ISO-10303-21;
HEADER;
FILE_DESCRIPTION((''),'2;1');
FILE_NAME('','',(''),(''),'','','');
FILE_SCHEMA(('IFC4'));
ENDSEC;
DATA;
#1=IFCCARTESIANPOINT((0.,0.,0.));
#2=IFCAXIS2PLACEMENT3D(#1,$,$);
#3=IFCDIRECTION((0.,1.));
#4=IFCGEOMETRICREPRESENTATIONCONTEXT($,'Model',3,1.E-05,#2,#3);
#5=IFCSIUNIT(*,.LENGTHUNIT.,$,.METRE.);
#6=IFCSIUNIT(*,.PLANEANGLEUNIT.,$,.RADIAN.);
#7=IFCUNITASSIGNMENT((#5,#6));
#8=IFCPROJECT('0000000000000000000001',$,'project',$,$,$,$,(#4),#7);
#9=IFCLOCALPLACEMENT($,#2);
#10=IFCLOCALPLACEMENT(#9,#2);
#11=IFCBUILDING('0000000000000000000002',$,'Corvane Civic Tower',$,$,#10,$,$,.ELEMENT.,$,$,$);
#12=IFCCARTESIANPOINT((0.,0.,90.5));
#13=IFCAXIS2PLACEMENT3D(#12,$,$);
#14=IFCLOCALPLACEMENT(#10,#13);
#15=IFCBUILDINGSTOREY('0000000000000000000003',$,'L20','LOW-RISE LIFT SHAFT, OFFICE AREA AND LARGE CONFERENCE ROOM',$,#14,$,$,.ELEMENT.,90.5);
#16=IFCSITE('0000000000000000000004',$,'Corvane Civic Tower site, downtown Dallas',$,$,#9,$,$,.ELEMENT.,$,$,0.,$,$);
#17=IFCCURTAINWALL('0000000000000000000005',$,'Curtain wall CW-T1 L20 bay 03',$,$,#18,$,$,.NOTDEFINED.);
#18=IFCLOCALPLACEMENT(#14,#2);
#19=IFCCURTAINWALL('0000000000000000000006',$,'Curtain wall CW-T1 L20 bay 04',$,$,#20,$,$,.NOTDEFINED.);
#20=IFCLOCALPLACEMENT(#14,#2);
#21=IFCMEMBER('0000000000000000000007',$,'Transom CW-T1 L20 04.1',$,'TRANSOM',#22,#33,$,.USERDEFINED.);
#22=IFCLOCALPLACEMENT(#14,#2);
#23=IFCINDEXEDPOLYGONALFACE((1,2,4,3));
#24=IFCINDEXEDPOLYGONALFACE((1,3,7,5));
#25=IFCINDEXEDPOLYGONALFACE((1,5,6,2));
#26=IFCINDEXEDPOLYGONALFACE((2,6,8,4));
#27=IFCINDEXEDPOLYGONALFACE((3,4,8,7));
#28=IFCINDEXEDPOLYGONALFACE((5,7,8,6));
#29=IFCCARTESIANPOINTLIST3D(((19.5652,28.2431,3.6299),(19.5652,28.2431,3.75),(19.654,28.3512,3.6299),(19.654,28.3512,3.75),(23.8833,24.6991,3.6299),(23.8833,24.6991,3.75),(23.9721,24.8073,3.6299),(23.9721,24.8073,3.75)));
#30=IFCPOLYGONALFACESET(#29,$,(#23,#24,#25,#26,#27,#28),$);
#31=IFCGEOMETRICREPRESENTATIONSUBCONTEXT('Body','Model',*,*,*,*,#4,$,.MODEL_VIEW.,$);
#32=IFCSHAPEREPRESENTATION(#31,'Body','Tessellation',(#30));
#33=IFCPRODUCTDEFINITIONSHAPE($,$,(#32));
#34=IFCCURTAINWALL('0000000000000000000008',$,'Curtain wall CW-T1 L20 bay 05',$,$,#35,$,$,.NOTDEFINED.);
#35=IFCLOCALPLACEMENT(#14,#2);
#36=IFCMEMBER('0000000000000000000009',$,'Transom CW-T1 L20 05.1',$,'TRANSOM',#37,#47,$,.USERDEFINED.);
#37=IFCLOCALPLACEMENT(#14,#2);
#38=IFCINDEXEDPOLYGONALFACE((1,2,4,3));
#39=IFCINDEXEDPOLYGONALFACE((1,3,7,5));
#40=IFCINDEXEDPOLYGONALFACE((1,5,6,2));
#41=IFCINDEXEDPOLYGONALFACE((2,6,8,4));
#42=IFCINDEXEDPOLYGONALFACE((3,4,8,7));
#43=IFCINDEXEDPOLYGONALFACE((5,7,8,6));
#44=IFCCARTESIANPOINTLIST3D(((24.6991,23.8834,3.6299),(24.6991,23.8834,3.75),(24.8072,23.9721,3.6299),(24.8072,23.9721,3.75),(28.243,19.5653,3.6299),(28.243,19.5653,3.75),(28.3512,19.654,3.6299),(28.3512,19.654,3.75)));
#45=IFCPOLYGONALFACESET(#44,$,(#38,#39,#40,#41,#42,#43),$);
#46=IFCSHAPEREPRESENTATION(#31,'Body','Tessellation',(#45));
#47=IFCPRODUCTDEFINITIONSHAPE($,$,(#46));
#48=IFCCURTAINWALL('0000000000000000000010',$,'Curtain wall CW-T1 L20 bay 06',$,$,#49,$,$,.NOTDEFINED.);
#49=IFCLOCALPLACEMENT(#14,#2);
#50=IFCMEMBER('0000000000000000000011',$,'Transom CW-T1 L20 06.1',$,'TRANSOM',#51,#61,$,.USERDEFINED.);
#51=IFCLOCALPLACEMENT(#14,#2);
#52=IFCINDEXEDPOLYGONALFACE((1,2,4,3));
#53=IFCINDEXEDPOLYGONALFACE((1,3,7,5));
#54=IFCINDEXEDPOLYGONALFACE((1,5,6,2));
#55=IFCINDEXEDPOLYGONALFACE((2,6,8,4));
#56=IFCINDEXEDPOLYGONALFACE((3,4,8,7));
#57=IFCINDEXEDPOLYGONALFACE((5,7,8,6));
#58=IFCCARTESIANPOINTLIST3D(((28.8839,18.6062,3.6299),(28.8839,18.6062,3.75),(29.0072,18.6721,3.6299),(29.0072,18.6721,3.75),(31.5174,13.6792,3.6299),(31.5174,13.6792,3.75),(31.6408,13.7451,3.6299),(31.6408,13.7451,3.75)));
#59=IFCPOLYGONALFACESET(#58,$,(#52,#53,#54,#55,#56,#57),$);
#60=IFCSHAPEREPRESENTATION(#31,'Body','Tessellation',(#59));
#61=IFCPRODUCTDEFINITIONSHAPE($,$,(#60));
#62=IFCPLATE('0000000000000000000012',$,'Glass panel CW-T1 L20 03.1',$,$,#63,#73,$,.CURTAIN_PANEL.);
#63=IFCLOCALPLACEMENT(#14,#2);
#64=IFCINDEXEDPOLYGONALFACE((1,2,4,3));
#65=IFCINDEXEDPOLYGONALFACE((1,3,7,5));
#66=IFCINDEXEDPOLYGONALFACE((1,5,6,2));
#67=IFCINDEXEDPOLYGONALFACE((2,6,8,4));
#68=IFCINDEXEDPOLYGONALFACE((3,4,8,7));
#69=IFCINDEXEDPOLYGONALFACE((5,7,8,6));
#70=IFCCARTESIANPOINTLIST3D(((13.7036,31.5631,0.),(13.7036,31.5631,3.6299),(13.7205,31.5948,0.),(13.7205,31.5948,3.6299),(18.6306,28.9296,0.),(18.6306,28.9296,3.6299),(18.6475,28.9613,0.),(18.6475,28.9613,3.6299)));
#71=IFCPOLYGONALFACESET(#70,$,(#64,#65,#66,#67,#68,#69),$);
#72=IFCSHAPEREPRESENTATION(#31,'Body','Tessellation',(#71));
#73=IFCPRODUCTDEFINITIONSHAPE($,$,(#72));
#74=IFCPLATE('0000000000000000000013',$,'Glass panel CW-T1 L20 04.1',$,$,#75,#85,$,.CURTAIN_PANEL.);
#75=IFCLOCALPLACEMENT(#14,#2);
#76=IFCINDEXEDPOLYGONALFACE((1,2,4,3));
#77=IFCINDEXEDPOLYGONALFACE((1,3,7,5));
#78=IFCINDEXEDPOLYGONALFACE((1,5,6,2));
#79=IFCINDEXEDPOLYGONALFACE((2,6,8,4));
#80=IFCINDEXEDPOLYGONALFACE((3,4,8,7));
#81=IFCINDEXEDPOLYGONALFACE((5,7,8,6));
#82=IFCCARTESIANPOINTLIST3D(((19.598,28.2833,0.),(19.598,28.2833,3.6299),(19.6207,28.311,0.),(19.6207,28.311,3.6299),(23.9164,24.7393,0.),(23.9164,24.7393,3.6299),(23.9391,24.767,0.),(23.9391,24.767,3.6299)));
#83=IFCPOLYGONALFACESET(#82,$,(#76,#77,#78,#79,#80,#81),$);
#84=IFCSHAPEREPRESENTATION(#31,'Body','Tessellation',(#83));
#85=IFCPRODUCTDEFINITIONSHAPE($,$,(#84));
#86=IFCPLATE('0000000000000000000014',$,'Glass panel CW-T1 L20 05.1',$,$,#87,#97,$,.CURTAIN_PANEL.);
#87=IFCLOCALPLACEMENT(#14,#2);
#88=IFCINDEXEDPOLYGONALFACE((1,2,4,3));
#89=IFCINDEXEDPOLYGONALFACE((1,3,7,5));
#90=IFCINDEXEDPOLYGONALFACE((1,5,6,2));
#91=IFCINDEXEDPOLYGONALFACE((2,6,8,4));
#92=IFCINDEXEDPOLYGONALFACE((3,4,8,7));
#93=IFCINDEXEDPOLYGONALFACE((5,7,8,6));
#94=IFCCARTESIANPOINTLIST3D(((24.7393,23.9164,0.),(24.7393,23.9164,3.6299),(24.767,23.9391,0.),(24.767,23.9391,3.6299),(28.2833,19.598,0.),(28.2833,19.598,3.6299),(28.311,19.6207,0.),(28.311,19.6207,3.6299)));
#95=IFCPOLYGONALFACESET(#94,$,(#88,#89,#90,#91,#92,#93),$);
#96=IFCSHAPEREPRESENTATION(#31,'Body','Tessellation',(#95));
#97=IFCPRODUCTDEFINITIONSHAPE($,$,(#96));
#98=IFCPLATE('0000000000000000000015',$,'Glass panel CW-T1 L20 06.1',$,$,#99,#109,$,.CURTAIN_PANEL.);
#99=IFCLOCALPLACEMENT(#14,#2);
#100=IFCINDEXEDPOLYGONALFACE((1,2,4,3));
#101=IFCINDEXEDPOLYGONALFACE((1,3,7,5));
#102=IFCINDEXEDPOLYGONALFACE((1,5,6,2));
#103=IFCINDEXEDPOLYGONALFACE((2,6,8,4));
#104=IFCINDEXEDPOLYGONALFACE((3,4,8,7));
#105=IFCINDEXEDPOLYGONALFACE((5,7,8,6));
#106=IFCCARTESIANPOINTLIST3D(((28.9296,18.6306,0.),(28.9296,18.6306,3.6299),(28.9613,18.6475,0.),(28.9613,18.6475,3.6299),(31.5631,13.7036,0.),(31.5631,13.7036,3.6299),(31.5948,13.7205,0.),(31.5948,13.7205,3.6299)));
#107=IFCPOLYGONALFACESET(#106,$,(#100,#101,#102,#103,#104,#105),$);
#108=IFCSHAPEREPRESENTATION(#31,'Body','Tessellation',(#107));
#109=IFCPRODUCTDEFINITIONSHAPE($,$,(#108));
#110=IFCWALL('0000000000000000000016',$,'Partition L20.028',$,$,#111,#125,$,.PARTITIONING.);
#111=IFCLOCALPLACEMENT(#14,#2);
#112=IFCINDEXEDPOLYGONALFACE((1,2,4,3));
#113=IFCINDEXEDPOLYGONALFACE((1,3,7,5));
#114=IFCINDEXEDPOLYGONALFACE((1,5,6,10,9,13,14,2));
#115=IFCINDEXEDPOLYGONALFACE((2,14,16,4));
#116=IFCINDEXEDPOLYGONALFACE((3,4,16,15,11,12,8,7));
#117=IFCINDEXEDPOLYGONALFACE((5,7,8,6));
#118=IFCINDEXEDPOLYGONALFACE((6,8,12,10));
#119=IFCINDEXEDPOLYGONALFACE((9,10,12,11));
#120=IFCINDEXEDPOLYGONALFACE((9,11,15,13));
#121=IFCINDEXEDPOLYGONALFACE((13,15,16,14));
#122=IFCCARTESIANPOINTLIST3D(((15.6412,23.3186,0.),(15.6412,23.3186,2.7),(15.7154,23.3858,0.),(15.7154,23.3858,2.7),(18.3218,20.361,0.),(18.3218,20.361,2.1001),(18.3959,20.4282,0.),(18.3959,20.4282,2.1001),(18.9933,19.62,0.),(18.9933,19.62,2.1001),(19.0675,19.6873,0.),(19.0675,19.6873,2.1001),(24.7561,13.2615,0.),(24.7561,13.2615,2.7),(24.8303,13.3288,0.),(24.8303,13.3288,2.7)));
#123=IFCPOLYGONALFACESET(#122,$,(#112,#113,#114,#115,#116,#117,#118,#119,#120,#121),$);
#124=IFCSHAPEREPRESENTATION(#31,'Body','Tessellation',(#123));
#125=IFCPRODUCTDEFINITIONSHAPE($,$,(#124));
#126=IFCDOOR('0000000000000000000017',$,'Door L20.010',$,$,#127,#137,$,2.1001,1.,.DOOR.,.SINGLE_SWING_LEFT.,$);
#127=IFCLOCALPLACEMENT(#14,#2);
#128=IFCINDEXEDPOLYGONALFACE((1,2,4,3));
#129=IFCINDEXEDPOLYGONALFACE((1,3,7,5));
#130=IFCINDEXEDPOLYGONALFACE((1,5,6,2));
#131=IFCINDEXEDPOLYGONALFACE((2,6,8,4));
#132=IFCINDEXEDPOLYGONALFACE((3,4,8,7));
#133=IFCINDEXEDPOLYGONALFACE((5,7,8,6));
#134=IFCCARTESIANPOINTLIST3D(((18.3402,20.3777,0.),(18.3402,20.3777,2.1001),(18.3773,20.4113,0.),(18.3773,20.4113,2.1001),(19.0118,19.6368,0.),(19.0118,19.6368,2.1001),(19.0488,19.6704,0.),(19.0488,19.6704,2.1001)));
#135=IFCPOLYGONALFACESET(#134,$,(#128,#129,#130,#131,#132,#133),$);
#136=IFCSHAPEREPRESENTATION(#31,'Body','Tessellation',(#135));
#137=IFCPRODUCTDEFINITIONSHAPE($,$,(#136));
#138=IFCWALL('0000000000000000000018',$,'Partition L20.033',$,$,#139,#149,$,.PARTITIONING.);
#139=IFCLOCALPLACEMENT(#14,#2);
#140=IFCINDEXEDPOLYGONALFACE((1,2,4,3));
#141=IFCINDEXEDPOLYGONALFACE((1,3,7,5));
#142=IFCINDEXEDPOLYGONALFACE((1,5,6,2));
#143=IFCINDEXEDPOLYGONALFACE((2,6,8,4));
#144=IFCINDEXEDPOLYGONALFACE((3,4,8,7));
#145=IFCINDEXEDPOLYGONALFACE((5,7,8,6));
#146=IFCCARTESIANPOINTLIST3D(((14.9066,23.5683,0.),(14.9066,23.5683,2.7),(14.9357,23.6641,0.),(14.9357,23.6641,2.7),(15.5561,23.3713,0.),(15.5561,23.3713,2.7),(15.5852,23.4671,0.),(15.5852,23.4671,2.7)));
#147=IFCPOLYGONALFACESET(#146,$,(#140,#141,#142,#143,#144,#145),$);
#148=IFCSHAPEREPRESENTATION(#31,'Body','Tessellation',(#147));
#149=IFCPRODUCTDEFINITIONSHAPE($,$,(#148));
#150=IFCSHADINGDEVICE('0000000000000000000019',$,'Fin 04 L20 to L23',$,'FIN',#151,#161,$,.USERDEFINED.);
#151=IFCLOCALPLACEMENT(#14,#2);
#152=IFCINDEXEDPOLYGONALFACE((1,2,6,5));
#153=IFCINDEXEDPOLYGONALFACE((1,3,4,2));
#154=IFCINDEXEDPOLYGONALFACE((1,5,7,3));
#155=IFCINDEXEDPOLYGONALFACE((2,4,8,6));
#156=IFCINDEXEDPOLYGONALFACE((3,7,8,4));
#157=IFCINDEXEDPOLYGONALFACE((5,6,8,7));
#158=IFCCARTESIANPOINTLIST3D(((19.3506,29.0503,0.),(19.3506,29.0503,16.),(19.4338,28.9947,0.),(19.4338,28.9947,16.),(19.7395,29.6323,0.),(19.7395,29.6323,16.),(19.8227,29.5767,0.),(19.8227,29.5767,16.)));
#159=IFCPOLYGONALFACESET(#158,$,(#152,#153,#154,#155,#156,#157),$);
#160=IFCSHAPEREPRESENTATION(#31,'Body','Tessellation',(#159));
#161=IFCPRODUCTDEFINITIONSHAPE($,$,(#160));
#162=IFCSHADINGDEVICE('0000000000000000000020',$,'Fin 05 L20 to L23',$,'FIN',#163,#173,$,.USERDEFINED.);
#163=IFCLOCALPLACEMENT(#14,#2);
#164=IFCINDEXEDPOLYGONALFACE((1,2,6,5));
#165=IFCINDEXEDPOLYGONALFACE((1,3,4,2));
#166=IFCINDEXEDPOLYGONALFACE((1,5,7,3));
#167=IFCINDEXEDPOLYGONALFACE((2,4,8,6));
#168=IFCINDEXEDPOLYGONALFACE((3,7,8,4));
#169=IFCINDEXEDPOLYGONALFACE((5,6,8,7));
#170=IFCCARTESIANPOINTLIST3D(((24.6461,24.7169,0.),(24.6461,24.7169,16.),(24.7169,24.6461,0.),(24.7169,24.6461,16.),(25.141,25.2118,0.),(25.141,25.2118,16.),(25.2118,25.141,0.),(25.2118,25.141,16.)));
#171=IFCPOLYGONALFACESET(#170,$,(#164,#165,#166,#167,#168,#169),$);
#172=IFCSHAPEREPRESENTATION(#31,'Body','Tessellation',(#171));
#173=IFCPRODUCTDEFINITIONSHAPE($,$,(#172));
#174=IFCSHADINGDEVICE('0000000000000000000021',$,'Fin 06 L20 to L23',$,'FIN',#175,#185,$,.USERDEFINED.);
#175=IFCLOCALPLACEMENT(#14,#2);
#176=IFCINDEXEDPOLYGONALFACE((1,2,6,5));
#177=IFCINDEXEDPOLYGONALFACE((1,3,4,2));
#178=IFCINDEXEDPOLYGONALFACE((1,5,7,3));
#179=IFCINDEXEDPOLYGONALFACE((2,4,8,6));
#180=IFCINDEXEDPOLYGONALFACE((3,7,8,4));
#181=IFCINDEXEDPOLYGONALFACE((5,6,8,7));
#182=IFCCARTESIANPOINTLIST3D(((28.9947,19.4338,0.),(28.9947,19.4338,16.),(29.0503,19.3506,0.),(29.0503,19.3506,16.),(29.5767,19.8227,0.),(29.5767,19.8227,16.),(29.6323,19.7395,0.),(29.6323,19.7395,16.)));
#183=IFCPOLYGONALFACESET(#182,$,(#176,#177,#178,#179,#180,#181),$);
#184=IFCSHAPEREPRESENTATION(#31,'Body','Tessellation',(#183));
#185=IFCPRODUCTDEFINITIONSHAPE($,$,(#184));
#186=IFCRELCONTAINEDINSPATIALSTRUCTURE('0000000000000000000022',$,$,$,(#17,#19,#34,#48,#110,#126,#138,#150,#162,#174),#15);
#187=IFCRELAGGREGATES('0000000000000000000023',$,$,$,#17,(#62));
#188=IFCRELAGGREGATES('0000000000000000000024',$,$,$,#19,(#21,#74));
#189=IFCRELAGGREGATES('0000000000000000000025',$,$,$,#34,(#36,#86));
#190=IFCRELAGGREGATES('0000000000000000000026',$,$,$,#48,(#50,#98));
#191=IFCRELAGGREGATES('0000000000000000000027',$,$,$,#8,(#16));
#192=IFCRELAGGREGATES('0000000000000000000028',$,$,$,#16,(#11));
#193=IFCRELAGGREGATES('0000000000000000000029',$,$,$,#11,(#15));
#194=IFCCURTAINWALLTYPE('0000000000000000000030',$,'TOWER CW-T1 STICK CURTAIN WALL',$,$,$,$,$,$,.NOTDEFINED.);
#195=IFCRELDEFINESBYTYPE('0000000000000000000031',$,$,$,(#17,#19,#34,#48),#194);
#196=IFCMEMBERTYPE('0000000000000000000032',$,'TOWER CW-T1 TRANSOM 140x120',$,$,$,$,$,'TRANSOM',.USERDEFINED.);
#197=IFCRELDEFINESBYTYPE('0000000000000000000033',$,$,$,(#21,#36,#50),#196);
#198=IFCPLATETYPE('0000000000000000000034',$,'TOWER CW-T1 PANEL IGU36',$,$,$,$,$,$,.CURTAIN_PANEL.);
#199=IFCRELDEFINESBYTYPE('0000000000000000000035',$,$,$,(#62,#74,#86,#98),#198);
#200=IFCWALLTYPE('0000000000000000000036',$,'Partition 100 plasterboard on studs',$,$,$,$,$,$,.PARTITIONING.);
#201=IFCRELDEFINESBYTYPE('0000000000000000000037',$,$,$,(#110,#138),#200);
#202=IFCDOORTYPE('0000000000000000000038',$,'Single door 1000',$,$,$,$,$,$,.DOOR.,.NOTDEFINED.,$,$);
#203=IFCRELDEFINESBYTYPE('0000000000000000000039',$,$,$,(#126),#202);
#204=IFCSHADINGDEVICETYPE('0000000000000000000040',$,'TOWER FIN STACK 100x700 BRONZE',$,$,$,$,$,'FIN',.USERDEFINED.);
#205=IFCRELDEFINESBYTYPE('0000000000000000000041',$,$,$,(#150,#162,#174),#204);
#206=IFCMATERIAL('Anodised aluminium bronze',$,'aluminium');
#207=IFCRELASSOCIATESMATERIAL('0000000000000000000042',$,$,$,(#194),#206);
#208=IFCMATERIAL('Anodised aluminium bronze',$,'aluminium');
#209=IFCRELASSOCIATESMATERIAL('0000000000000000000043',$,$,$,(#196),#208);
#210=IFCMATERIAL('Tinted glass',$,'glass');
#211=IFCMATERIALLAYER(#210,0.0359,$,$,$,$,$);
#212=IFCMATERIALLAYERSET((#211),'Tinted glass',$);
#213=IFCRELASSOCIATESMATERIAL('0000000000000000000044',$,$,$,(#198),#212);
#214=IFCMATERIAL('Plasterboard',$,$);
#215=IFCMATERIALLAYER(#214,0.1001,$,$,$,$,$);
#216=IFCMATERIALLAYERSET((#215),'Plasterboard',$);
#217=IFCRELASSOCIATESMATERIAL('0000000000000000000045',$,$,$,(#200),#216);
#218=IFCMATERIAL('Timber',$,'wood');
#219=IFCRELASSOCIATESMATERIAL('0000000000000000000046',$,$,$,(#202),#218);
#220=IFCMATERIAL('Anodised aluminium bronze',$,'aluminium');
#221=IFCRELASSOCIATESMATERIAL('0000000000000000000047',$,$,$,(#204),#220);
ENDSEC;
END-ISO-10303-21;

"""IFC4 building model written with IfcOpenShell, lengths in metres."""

from ifc_helpers import new_model, si_unit, direction, frame, frame_2d, origin, origin_2d, place, context, subcontext, project, spatial, rectangle, extrude, material, layer, layer_set, material_profile, profile_set, type_object, element, fill, aggregate, save


model = new_model("IFC4")

# Units and contexts
model_context = context("Model", 3, precision=1e-05, world=origin(), true_north=direction((0.0, 1.0)))
body_context = subcontext(model_context, "Body", "Model", "MODEL_VIEW")
ifc_project = project(units=[si_unit("LENGTHUNIT", "METRE"), si_unit("PLANEANGLEUNIT", "RADIAN")], contexts=[model_context])

# Site, building, storey
site_placement = place(None, origin())
site = spatial("IfcSite", under=ifc_project, at=site_placement, Name="Corvane Civic Tower site, downtown Dallas", CompositionType="ELEMENT", RefElevation=0.0)
building_placement = place(site_placement, origin())
building = spatial("IfcBuilding", under=site, at=building_placement, Name="Corvane Civic Tower", CompositionType="ELEMENT")
storey_placement = place(building_placement, frame((0.0, 0.0, 90.5)))
storey = spatial("IfcBuildingStorey", under=building, at=storey_placement, Name="L20", Description="LOW-RISE LIFT SHAFT, OFFICE AREA AND LARGE CONFERENCE ROOM", CompositionType="ELEMENT", Elevation=90.5)

# Curtain walls, members
ifc_material_1 = material(Name="Anodised aluminium bronze", Category="aluminium")
curtain_wall_type = type_object("IfcCurtainWallType", Name="TOWER CW-T1 STICK CURTAIN WALL", PredefinedType="NOTDEFINED", material=ifc_material_1)
curtain_wall_1_placement = place(storey_placement, origin())
curtain_wall_1 = element("IfcCurtainWall", 1, at=curtain_wall_1_placement, inside=storey, type_object=curtain_wall_type, Name="Curtain wall CW-T1 L20 bay 03", PredefinedType="NOTDEFINED")
ifc_material_2 = material(Name="Anodised aluminium bronze", Category="aluminium")
ifc_material_profile_1 = material_profile(ifc_material_2, rectangle(XDim=0.1399, YDim=0.1201, at=origin_2d()), Name="TOWER CW-T1 TRANSOM 140x120")
ifc_profile_set_1 = profile_set([ifc_material_profile_1], Name="Anodised aluminium bronze")
member_type = type_object("IfcMemberType", Name="TOWER CW-T1 TRANSOM 140x120", ElementType="TRANSOM", PredefinedType="USERDEFINED", material=ifc_profile_set_1)
curtain_wall_2_placement = place(storey_placement, origin())
curtain_wall_2 = element("IfcCurtainWall", 2, at=curtain_wall_2_placement, inside=storey, type_object=curtain_wall_type, Name="Curtain wall CW-T1 L20 bay 04", PredefinedType="NOTDEFINED")
member_1_placement = place(storey_placement, frame((19.6096, 28.2971, 3.6899), z_axis=(0.772996, -0.63441, 0.0), x_axis=(0.63441, 0.772996, 0.0)))
member_1 = element("IfcMember", 3, at=member_1_placement, type_object=member_type, Name="Transom CW-T1 L20 04.1", ObjectType="TRANSOM", PredefinedType="USERDEFINED", context=body_context, shape_type="SweptSolid", body=[
    extrude(rectangle(XDim=0.1399, YDim=0.1201, at=origin_2d()), origin(), (0.0, 0.0, 1.0), 5.5862),
])
curtain_wall_3_placement = place(storey_placement, origin())
curtain_wall_3 = element("IfcCurtainWall", 4, at=curtain_wall_3_placement, inside=storey, type_object=curtain_wall_type, Name="Curtain wall CW-T1 L20 bay 05", PredefinedType="NOTDEFINED")
member_2_placement = place(storey_placement, frame((24.7532, 23.9277, 3.6899), z_axis=(0.63441, -0.772996, 0.0), x_axis=(0.772996, 0.63441, 0.0)))
member_2 = element("IfcMember", 5, at=member_2_placement, type_object=member_type, Name="Transom CW-T1 L20 05.1", ObjectType="TRANSOM", PredefinedType="USERDEFINED", context=body_context, shape_type="SweptSolid", body=[
    extrude(rectangle(XDim=0.1399, YDim=0.1201, at=origin_2d()), origin(), (0.0, 0.0, 1.0), 5.5862),
])
curtain_wall_4_placement = place(storey_placement, origin())
curtain_wall_4 = element("IfcCurtainWall", 6, at=curtain_wall_4_placement, inside=storey, type_object=curtain_wall_type, Name="Curtain wall CW-T1 L20 bay 06", PredefinedType="NOTDEFINED")
member_3_placement = place(storey_placement, frame((28.9456, 18.6392, 3.6899), z_axis=(0.471398, -0.881921, 0.0), x_axis=(0.881921, 0.471398, 0.0)))
member_3 = element("IfcMember", 7, at=member_3_placement, type_object=member_type, Name="Transom CW-T1 L20 06.1", ObjectType="TRANSOM", PredefinedType="USERDEFINED", context=body_context, shape_type="SweptSolid", body=[
    extrude(rectangle(XDim=0.1399, YDim=0.1201, at=origin_2d()), origin(), (0.0, 0.0, 1.0), 5.5867),
])

# Plates
ifc_material_3 = material(Name="Tinted glass", Category="glass")
ifc_layer_1 = layer(ifc_material_3, 0.0359)
ifc_layer_set_1 = layer_set([ifc_layer_1], Name="Tinted glass")
plate_type = type_object("IfcPlateType", Name="TOWER CW-T1 PANEL IGU36", PredefinedType="CURTAIN_PANEL", material=ifc_layer_set_1)
plate_1_placement = place(storey_placement, frame((16.1755, 30.2622, 0.0), z_axis=(0.0, 0.0, 1.0), x_axis=(0.881924, -0.471392, 0.0)))
plate_1 = element("IfcPlate", 8, at=plate_1_placement, type_object=plate_type, Name="Glass panel CW-T1 L20 03.1", PredefinedType="CURTAIN_PANEL", context=body_context, shape_type="SweptSolid", body=[
    extrude(rectangle(XDim=5.5867, YDim=0.0359, at=origin_2d()), origin(), (0.0, 0.0, 1.0), 3.6299),
])
aggregate(curtain_wall_1, [plate_1])
plate_2_placement = place(storey_placement, frame((21.7686, 26.5251, 0.0), z_axis=(0.0, 0.0, 1.0), x_axis=(0.773013, -0.63439, 0.0)))
plate_2 = element("IfcPlate", 9, at=plate_2_placement, type_object=plate_type, Name="Glass panel CW-T1 L20 04.1", PredefinedType="CURTAIN_PANEL", context=body_context, shape_type="SweptSolid", body=[
    extrude(rectangle(XDim=5.5864, YDim=0.0359, at=origin_2d()), origin(), (0.0, 0.0, 1.0), 3.6299),
])
aggregate(curtain_wall_2, [member_1, plate_2])
plate_3_placement = place(storey_placement, frame((26.5251, 21.7686, 0.0), z_axis=(0.0, 0.0, 1.0), x_axis=(0.63439, -0.773013, 0.0)))
plate_3 = element("IfcPlate", 10, at=plate_3_placement, type_object=plate_type, Name="Glass panel CW-T1 L20 05.1", PredefinedType="CURTAIN_PANEL", context=body_context, shape_type="SweptSolid", body=[
    extrude(rectangle(XDim=5.5864, YDim=0.0359, at=origin_2d()), origin(), (0.0, 0.0, 1.0), 3.6299),
])
aggregate(curtain_wall_3, [member_2, plate_3])
plate_4_placement = place(storey_placement, frame((30.2622, 16.1755, 0.0), z_axis=(0.0, 0.0, 1.0), x_axis=(0.471392, -0.881924, 0.0)))
plate_4 = element("IfcPlate", 11, at=plate_4_placement, type_object=plate_type, Name="Glass panel CW-T1 L20 06.1", PredefinedType="CURTAIN_PANEL", context=body_context, shape_type="SweptSolid", body=[
    extrude(rectangle(XDim=5.5867, YDim=0.0359, at=origin_2d()), origin(), (0.0, 0.0, 1.0), 3.6299),
])
aggregate(curtain_wall_4, [member_3, plate_4])

# Wall, opening, door
ifc_material_4 = material(Name="Plasterboard")
ifc_layer_2 = layer(ifc_material_4, 0.1001)
ifc_layer_set_2 = layer_set([ifc_layer_2], Name="Plasterboard")
wall_type = type_object("IfcWallType", Name="Partition 100 plasterboard on studs", PredefinedType="PARTITIONING", material=ifc_layer_set_2)
wall_1_placement = place(storey_placement, frame((15.6782, 23.3523, 0.0), z_axis=(0.0, 0.0, 1.0), x_axis=(0.671548, -0.740961, 0.0)))
wall_1 = element("IfcWall", 12, at=wall_1_placement, inside=storey, type_object=wall_type, Name="Partition L20.028", PredefinedType="PARTITIONING", context=body_context, shape_type="SweptSolid", body=[
    extrude(rectangle(XDim=13.573, YDim=0.1001, at=frame_2d((6.7866, 0.0))), origin(), (0.0, 0.0, 1.0), 2.7),
])
opening_placement = place(wall_1_placement, frame((3.9917, 0.0, 0.0)))
opening = element("IfcOpeningElement", 13, at=opening_placement, cuts=wall_1, PredefinedType="OPENING", context=body_context, shape_type="SweptSolid", body=[
    extrude(rectangle(XDim=1.0, YDim=2.1001, at=frame_2d((0.5, 1.05))), frame((0.0, 0.0601, 0.0), z_axis=(0.0, -1.0, 0.0), x_axis=(1.0, 0.0, 0.0)), (0.0, 0.0, 1.0), 0.1201),
])
ifc_material_5 = material(Name="Timber", Category="wood")
door_type = type_object("IfcDoorType", Name="Single door 1000", OperationType="NOTDEFINED", PredefinedType="DOOR", material=ifc_material_5)
door_placement = place(opening_placement, origin())
door = element("IfcDoor", 14, at=door_placement, inside=storey, type_object=door_type, Name="Door L20.010", OperationType="SINGLE_SWING_LEFT", OverallHeight=2.1001, OverallWidth=1.0, PredefinedType="DOOR", context=body_context, shape_type="SweptSolid", body=[
    extrude(rectangle(XDim=1.0, YDim=2.1001, at=frame_2d((0.5, 1.05))), frame((0.0, 0.0249, 0.0), z_axis=(0.0, -1.0, 0.0), x_axis=(1.0, 0.0, 0.0)), (0.0, 0.0, 1.0), 0.05),
])
fill(opening, door)

# Wall
wall_2_placement = place(storey_placement, frame((14.9211, 23.6162, 0.0), z_axis=(0.0, 0.0, 1.0), x_axis=(0.956931, -0.290317, 0.0)))
element("IfcWall", 15, at=wall_2_placement, inside=storey, type_object=wall_type, Name="Partition L20.033", PredefinedType="PARTITIONING", context=body_context, shape_type="SweptSolid", body=[
    extrude(rectangle(XDim=0.6787, YDim=0.1001, at=frame_2d((0.3394, 0.0))), origin(), (0.0, 0.0, 1.0), 2.7),
])

# Shading devices
ifc_material_6 = material(Name="Anodised aluminium bronze", Category="aluminium")
ifc_material_profile_2 = material_profile(ifc_material_6, rectangle(XDim=0.1001, YDim=0.7, at=origin_2d()), Name="TOWER FIN STACK 100x700 BRONZE")
ifc_profile_set_2 = profile_set([ifc_material_profile_2], Name="Anodised aluminium bronze")
shading_device_type = type_object("IfcShadingDeviceType", Name="TOWER FIN STACK 100x700 BRONZE", ElementType="FIN", PredefinedType="USERDEFINED", material=ifc_profile_set_2)
for number, where, z_axis, x_axis, name in (
    (16, (19.5867, 29.3135, 0.0), (0.0, 0.0, 1.0), (0.83147, -0.55557, 0.0), "Fin 04 L20 to L23"),
    (17, (24.929, 24.929, 0.0), (0.0, 0.0, 1.0), (0.707107, -0.707107, 0.0), "Fin 05 L20 to L23"),
    (18, (29.3135, 19.5867, 0.0), (0.0, 0.0, 1.0), (0.55557, -0.83147, 0.0), "Fin 06 L20 to L23"),
):
    element("IfcShadingDevice", number, at=place(storey_placement, frame(where, z_axis=z_axis, x_axis=x_axis)), inside=storey, type_object=shading_device_type, Name=name, ObjectType="FIN", PredefinedType="USERDEFINED", context=body_context, shape_type="SweptSolid", body=[
        extrude(rectangle(XDim=0.1001, YDim=0.7, at=origin_2d()), origin(), (0.0, 0.0, 1.0), 16.0),
    ])

save(model, "model.ifc")
